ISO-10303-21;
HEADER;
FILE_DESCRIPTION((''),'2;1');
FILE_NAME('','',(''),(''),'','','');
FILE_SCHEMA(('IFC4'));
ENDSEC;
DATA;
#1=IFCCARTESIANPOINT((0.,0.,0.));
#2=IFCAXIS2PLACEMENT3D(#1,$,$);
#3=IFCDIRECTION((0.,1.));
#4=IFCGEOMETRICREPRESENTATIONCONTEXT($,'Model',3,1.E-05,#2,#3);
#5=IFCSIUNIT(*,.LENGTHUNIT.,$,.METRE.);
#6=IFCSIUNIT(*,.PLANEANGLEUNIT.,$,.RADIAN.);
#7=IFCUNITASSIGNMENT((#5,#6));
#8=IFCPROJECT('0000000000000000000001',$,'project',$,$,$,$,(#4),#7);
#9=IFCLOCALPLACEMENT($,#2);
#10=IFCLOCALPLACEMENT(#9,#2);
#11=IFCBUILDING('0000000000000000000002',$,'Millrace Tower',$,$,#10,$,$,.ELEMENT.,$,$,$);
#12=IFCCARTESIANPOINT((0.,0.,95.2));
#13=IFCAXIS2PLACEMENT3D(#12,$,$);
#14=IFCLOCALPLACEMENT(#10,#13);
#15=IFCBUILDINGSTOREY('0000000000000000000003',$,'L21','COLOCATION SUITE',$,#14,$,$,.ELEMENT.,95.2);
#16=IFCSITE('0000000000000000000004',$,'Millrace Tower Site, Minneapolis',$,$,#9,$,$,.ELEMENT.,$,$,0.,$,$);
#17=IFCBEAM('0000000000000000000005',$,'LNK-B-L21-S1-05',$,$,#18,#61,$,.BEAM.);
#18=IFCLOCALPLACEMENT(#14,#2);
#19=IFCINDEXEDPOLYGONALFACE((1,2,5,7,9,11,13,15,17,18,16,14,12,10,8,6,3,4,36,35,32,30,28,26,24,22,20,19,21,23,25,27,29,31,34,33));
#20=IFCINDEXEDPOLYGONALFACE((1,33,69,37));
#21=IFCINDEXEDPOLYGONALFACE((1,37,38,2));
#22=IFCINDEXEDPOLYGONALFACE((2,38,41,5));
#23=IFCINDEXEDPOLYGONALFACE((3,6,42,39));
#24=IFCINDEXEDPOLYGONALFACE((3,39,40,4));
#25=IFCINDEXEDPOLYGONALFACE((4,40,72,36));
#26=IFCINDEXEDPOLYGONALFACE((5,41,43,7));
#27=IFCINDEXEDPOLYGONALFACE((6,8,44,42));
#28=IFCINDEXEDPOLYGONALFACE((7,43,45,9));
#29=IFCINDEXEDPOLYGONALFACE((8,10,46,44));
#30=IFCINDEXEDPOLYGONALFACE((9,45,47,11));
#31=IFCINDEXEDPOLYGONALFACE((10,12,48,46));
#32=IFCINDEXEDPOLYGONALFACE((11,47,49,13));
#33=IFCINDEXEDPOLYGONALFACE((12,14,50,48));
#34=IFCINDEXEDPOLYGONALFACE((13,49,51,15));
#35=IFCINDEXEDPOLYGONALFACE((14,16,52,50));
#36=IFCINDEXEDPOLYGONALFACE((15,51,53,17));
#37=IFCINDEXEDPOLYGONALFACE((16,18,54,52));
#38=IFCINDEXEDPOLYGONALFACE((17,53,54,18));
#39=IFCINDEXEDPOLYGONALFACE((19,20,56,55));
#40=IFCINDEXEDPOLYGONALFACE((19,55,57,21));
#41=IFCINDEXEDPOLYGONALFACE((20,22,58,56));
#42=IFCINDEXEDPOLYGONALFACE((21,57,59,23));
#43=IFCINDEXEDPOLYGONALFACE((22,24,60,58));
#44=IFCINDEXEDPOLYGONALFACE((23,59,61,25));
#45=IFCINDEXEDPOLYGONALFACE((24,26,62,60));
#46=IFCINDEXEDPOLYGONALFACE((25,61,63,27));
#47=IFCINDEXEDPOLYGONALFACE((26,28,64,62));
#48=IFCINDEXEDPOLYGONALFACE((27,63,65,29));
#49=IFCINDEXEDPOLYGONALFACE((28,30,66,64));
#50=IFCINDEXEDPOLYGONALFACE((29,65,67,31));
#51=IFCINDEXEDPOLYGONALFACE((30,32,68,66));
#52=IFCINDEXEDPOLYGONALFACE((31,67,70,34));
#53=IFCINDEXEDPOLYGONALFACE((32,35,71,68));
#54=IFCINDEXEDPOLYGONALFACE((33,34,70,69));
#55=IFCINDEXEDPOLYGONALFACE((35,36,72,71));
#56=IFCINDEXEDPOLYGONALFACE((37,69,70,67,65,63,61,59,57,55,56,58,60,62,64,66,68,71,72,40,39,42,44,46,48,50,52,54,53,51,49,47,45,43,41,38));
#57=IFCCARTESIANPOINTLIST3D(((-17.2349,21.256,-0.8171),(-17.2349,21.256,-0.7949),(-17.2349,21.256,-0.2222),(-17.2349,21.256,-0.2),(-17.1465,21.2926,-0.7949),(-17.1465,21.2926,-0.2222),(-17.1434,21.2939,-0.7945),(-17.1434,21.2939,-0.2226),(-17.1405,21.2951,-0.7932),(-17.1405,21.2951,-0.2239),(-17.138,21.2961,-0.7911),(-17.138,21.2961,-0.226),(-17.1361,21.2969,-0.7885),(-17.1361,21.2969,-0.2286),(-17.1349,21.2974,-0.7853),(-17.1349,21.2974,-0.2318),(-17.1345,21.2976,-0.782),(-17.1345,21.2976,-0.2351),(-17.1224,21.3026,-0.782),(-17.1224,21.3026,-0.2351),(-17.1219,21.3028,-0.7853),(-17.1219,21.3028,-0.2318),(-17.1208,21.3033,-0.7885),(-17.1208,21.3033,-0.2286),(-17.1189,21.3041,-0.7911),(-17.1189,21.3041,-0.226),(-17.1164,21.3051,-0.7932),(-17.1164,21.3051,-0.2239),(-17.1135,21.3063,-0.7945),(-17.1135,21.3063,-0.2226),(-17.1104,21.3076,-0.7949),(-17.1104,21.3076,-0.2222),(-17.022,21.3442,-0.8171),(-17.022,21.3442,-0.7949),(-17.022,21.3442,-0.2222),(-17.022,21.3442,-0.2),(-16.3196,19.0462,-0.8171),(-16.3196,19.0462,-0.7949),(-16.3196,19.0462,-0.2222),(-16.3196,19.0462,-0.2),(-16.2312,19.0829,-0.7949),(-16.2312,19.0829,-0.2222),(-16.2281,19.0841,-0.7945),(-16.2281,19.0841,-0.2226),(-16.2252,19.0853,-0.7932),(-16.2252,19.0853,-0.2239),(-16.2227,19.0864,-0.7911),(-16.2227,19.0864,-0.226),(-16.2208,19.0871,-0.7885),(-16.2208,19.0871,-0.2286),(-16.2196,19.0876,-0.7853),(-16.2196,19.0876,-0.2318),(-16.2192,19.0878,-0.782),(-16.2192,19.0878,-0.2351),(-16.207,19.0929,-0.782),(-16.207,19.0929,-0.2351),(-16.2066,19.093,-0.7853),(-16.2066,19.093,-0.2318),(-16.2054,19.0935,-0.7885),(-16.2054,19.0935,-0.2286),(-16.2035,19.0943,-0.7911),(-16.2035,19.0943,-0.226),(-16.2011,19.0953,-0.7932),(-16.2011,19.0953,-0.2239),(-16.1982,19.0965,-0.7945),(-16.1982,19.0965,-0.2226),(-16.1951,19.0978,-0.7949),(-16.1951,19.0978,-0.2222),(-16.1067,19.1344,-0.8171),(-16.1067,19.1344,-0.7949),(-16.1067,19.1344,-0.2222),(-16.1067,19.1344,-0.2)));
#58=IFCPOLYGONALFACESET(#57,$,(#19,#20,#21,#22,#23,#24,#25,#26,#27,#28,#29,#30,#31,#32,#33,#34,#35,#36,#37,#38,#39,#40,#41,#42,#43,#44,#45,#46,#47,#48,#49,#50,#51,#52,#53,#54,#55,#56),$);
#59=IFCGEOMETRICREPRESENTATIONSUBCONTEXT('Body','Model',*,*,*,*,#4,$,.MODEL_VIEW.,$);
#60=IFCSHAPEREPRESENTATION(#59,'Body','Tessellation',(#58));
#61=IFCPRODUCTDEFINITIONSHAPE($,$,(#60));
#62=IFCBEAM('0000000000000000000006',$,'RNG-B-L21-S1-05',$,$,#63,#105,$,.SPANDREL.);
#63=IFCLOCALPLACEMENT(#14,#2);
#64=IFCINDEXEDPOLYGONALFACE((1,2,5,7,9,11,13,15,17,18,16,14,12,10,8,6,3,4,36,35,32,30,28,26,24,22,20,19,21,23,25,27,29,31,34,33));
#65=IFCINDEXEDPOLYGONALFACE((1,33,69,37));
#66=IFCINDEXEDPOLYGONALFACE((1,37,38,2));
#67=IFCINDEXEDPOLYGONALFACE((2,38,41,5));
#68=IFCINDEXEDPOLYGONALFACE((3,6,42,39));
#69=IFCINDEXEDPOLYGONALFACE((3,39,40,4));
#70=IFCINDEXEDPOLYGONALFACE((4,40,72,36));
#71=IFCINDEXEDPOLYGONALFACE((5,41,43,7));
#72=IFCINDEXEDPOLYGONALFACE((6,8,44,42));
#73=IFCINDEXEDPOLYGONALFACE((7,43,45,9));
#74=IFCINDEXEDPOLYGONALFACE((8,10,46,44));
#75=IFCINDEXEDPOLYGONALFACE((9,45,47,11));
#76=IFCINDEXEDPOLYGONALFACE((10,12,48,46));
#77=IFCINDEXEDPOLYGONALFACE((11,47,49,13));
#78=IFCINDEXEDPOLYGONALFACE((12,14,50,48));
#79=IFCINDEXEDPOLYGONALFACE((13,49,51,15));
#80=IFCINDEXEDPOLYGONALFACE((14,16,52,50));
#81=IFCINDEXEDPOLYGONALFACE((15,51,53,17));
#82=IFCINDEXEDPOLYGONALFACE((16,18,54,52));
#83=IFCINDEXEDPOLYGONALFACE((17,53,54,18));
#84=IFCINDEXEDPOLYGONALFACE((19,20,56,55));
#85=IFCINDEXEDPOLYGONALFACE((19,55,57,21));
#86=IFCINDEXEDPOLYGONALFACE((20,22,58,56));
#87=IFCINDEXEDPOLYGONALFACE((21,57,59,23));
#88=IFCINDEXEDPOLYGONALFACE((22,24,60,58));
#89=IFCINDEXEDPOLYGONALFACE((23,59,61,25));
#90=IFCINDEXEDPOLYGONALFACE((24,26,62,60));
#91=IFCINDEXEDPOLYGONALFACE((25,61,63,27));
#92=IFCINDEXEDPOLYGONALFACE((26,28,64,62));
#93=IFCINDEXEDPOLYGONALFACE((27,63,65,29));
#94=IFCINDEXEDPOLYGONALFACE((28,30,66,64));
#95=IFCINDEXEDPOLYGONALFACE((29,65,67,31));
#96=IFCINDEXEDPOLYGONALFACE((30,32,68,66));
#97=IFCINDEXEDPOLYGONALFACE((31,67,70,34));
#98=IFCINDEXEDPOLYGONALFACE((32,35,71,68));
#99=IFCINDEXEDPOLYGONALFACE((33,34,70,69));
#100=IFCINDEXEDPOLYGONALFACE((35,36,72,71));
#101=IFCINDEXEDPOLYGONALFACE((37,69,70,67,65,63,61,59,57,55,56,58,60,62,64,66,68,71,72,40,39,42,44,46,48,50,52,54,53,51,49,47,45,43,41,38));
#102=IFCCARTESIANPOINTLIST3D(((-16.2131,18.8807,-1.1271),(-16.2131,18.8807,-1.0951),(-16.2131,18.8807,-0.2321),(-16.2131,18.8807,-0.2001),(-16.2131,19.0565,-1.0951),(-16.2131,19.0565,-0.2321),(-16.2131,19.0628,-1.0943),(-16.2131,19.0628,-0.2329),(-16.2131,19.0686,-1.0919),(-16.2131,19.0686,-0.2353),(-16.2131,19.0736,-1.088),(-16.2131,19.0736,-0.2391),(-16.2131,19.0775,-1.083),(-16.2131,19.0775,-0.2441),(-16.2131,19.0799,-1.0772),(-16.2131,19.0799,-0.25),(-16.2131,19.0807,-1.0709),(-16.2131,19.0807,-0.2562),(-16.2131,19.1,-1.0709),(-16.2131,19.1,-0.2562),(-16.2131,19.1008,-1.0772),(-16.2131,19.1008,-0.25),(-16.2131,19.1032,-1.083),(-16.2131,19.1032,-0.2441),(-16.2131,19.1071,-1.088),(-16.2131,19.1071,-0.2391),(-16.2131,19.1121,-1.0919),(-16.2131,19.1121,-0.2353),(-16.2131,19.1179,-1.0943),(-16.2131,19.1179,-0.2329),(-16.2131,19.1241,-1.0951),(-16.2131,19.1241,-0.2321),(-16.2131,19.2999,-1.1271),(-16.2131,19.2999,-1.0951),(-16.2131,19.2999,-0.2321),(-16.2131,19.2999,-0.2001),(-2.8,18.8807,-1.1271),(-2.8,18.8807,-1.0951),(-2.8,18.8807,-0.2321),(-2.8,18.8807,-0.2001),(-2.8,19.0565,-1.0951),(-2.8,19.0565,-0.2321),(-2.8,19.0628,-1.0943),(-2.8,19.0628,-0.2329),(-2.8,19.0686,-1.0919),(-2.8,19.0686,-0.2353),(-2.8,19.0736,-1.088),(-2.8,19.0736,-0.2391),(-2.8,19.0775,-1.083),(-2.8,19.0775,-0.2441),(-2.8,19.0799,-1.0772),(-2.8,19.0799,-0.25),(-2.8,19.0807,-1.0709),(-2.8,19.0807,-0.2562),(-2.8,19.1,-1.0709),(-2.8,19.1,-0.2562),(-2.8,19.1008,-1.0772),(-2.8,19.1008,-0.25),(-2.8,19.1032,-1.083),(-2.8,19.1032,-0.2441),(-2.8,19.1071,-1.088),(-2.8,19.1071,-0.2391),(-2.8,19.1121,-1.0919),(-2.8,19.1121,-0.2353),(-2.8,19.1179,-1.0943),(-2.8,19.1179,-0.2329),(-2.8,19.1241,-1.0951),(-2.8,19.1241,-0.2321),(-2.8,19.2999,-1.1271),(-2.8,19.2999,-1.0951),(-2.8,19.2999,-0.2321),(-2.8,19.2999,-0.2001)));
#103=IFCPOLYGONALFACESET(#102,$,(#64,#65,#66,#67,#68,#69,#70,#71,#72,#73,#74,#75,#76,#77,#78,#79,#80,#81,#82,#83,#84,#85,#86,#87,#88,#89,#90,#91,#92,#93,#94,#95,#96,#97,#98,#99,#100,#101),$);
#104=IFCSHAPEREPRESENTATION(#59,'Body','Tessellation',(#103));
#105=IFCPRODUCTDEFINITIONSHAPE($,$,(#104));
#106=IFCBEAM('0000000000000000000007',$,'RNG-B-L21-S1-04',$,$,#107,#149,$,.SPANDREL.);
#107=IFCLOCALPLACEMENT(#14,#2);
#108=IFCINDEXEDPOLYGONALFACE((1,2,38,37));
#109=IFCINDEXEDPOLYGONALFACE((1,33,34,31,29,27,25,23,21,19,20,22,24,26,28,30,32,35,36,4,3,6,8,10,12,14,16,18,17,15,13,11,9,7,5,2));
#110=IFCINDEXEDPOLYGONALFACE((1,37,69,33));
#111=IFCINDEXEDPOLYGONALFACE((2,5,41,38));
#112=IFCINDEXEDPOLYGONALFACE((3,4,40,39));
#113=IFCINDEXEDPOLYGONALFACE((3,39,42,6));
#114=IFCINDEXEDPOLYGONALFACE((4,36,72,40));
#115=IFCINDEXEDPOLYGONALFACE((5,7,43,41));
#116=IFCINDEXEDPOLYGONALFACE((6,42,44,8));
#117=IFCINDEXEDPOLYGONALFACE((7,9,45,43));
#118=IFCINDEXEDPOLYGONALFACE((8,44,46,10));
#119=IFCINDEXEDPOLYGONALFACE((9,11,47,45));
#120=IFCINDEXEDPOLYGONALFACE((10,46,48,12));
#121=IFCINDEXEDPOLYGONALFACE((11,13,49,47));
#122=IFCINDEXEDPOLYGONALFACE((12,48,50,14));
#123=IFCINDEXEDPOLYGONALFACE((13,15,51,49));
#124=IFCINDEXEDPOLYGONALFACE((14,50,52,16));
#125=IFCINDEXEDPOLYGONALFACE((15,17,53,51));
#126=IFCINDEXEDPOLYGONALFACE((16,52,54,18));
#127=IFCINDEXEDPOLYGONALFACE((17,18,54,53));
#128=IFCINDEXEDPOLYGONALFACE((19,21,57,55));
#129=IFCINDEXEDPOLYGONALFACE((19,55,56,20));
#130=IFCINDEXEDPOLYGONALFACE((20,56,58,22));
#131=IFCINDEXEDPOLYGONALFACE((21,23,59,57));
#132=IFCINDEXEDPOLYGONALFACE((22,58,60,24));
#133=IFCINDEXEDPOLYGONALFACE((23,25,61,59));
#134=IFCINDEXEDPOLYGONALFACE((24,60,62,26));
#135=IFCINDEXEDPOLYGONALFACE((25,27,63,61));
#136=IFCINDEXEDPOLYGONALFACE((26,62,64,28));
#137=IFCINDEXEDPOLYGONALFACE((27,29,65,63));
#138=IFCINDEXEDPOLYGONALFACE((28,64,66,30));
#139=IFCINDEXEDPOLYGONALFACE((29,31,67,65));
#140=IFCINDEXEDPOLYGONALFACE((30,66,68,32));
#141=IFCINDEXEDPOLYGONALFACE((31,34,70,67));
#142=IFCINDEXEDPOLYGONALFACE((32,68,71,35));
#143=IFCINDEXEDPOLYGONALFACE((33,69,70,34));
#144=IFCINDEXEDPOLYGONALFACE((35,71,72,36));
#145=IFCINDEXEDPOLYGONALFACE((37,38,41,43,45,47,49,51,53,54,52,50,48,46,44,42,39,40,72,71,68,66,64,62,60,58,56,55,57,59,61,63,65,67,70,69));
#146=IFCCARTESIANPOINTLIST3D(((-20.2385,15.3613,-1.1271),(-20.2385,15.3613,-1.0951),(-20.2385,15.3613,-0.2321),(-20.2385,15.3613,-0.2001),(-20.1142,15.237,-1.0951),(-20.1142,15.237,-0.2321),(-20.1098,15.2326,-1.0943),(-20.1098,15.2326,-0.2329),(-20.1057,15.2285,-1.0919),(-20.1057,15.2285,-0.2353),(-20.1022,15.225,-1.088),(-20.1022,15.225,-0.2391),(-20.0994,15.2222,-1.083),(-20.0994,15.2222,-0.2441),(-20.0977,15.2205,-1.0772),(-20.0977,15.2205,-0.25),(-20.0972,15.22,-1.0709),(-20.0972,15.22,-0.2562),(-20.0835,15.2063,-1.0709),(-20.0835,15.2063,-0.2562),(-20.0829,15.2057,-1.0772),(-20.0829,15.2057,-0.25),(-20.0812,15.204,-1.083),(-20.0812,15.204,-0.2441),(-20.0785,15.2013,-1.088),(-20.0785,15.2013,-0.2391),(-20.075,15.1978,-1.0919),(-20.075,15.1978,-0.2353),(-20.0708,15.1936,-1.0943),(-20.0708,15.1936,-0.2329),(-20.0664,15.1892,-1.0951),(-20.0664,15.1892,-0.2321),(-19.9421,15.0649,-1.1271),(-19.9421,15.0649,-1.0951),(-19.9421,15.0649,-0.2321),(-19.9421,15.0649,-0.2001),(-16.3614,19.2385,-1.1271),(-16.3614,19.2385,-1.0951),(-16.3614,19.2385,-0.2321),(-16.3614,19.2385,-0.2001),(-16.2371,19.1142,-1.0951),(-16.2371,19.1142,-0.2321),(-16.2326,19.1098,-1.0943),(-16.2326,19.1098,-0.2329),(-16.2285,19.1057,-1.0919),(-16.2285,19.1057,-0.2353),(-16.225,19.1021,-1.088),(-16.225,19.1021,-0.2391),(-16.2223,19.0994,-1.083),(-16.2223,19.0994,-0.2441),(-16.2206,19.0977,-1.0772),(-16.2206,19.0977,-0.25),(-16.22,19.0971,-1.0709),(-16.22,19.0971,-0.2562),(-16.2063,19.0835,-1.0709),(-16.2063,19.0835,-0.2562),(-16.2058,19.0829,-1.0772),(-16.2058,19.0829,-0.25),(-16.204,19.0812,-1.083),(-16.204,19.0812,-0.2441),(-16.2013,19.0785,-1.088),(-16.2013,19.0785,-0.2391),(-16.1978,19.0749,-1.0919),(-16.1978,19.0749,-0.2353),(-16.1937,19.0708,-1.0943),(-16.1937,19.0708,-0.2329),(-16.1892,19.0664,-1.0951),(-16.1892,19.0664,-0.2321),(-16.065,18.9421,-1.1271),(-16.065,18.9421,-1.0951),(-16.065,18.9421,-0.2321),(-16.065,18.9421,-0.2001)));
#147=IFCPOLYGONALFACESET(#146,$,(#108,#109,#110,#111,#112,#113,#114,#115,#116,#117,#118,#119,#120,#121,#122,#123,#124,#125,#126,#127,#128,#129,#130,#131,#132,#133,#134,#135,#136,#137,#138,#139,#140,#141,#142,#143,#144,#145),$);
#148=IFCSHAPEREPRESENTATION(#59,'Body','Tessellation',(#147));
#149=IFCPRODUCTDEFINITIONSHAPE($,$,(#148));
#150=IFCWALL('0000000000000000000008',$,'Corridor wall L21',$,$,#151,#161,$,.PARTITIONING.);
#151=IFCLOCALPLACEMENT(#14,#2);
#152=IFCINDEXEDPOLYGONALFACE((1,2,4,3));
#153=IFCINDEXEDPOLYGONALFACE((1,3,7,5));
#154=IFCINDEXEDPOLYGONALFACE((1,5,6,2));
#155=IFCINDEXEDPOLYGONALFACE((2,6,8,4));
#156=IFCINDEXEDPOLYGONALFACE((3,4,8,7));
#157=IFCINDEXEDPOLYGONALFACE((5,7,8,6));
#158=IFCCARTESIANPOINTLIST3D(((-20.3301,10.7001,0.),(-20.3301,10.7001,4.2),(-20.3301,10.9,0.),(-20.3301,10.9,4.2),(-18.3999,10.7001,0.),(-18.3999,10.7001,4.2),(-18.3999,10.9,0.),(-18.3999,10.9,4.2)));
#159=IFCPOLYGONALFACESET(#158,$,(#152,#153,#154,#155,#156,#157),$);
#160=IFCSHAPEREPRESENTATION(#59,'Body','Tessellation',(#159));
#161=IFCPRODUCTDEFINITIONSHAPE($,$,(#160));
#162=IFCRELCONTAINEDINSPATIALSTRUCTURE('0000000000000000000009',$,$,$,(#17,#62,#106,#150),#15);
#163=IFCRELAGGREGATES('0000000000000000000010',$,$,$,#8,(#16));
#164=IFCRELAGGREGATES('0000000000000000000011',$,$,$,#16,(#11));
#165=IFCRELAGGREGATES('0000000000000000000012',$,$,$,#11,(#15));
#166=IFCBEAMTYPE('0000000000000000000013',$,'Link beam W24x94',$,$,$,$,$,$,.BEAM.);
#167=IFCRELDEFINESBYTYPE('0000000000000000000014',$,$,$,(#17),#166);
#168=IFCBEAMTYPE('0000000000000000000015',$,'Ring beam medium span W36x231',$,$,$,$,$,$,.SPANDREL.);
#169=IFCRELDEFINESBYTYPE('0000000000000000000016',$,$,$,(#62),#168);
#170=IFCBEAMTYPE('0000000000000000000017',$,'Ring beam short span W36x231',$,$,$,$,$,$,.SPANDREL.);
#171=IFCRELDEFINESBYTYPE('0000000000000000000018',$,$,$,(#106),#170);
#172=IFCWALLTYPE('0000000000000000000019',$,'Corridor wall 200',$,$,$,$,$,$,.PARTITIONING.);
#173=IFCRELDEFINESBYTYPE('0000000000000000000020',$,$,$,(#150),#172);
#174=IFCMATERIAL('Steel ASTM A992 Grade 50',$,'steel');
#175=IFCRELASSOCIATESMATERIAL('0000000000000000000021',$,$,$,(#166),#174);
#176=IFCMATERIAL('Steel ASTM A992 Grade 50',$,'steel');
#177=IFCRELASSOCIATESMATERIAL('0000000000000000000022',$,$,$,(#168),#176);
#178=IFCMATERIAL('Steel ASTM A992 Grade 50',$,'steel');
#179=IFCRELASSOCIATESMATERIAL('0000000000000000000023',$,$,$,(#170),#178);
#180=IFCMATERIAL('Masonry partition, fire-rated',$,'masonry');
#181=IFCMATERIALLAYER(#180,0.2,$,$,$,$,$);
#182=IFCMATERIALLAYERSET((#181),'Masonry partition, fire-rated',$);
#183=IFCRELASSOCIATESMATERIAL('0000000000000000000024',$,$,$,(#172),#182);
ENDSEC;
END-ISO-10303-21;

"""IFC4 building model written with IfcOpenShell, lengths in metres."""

from ifc_helpers import new_model, si_unit, direction, frame, frame_2d, origin, origin_2d, place, context, subcontext, project, spatial, rectangle, i_section, extrude, material, layer, layer_set, material_profile, profile_set, type_object, element, save


model = new_model("IFC4")

# Units and contexts
model_context = context("Model", 3, precision=1e-05, world=origin(), true_north=direction((0.0, 1.0)))
body_context = subcontext(model_context, "Body", "Model", "MODEL_VIEW")
ifc_project = project(units=[si_unit("LENGTHUNIT", "METRE"), si_unit("PLANEANGLEUNIT", "RADIAN")], contexts=[model_context])

# Site, building, storey
site_placement = place(None, origin())
site = spatial("IfcSite", under=ifc_project, at=site_placement, Name="Millrace Tower Site, Minneapolis", CompositionType="ELEMENT", RefElevation=0.0)
building_placement = place(site_placement, origin())
building = spatial("IfcBuilding", under=site, at=building_placement, Name="Millrace Tower", CompositionType="ELEMENT")
storey_placement = place(building_placement, frame((0.0, 0.0, 95.2)))
storey = spatial("IfcBuildingStorey", under=building, at=storey_placement, Name="L21", Description="COLOCATION SUITE", CompositionType="ELEMENT", Elevation=95.2)

# Beams
ifc_material_1 = material(Name="Steel ASTM A992 Grade 50", Category="steel")
ifc_material_profile_1 = material_profile(ifc_material_1, i_section(OverallWidth=0.2305, OverallDepth=0.6172, WebThickness=0.0132, FlangeThickness=0.0222, FilletRadius=0.0129, at=origin_2d()))
ifc_profile_set_1 = profile_set([ifc_material_profile_1], Name="Steel ASTM A992 Grade 50")
beam_type_1 = type_object("IfcBeamType", Name="Link beam W24x94", PredefinedType="BEAM", material=ifc_profile_set_1)
for number, where, z_axis, x_axis, name in (
    (1, (-16.2131, 19.0903, -0.5085), (-0.382679, 0.923881, 0.0), (-0.923881, -0.382679, 0.0), "LNK-B-L21-S1-05"),
):
    element("IfcBeam", number, at=place(storey_placement, frame(where, z_axis=z_axis, x_axis=x_axis)), inside=storey, type_object=beam_type_1, Name=name, PredefinedType="BEAM", context=body_context, shape_type="SweptSolid", body=[
        extrude(i_section(OverallWidth=0.2305, OverallDepth=0.6172, WebThickness=0.0132, FlangeThickness=0.0222, FilletRadius=0.0129, at=origin_2d()), origin(), (0.0, 0.0, 1.0), 2.3918),
    ])
ifc_material_2 = material(Name="Steel ASTM A992 Grade 50", Category="steel")
ifc_material_profile_2 = material_profile(ifc_material_2, i_section(OverallWidth=0.4192, OverallDepth=0.927, WebThickness=0.0193, FlangeThickness=0.032, FilletRadius=0.0242, at=origin_2d()))
ifc_profile_set_2 = profile_set([ifc_material_profile_2], Name="Steel ASTM A992 Grade 50")
beam_type_2 = type_object("IfcBeamType", Name="Ring beam medium span W36x231", PredefinedType="SPANDREL", material=ifc_profile_set_2)
beam_1_placement = place(storey_placement, frame((-16.2131, 19.0903, -0.6636), z_axis=(1.0, 0.0, 0.0), x_axis=(0.0, 1.0, 0.0)))
element("IfcBeam", 2, at=beam_1_placement, inside=storey, type_object=beam_type_2, Name="RNG-B-L21-S1-05", PredefinedType="SPANDREL", context=body_context, shape_type="SweptSolid", body=[
    extrude(i_section(OverallWidth=0.4192, OverallDepth=0.927, WebThickness=0.0193, FlangeThickness=0.032, FilletRadius=0.0242, at=origin_2d()), origin(), (0.0, 0.0, 1.0), 13.4131),
])
ifc_material_3 = material(Name="Steel ASTM A992 Grade 50", Category="steel")
ifc_material_profile_3 = material_profile(ifc_material_3, i_section(OverallWidth=0.4192, OverallDepth=0.927, WebThickness=0.0193, FlangeThickness=0.032, FilletRadius=0.0242, at=origin_2d()))
ifc_profile_set_3 = profile_set([ifc_material_profile_3], Name="Steel ASTM A992 Grade 50")
beam_type_3 = type_object("IfcBeamType", Name="Ring beam short span W36x231", PredefinedType="SPANDREL", material=ifc_profile_set_3)
beam_2_placement = place(storey_placement, frame((-20.0903, 15.2131, -0.6636), z_axis=(0.707107, 0.707107, 0.0), x_axis=(-0.707107, 0.707107, 0.0)))
element("IfcBeam", 3, at=beam_2_placement, inside=storey, type_object=beam_type_3, Name="RNG-B-L21-S1-04", PredefinedType="SPANDREL", context=body_context, shape_type="SweptSolid", body=[
    extrude(i_section(OverallWidth=0.4192, OverallDepth=0.927, WebThickness=0.0193, FlangeThickness=0.032, FilletRadius=0.0242, at=origin_2d()), origin(), (0.0, 0.0, 1.0), 5.4832),
])

# Wall
ifc_material_4 = material(Name="Masonry partition, fire-rated", Category="masonry")
ifc_layer_1 = layer(ifc_material_4, 0.2)
ifc_layer_set_1 = layer_set([ifc_layer_1], Name="Masonry partition, fire-rated")
wall_type = type_object("IfcWallType", Name="Corridor wall 200", PredefinedType="PARTITIONING", material=ifc_layer_set_1)
wall_1_placement = place(storey_placement, frame((-20.3301, 10.8, 0.0), z_axis=(0.0, 0.0, 1.0), x_axis=(1.0, 0.0, 0.0)))
element("IfcWall", 4, at=wall_1_placement, inside=storey, type_object=wall_type, Name="Corridor wall L21", PredefinedType="PARTITIONING", context=body_context, shape_type="SweptSolid", body=[
    extrude(rectangle(XDim=1.9302, YDim=0.2, at=frame_2d((0.9651, 0.0))), origin(), (0.0, 0.0, 1.0), 4.2),
])

save(model, "model.ifc")
